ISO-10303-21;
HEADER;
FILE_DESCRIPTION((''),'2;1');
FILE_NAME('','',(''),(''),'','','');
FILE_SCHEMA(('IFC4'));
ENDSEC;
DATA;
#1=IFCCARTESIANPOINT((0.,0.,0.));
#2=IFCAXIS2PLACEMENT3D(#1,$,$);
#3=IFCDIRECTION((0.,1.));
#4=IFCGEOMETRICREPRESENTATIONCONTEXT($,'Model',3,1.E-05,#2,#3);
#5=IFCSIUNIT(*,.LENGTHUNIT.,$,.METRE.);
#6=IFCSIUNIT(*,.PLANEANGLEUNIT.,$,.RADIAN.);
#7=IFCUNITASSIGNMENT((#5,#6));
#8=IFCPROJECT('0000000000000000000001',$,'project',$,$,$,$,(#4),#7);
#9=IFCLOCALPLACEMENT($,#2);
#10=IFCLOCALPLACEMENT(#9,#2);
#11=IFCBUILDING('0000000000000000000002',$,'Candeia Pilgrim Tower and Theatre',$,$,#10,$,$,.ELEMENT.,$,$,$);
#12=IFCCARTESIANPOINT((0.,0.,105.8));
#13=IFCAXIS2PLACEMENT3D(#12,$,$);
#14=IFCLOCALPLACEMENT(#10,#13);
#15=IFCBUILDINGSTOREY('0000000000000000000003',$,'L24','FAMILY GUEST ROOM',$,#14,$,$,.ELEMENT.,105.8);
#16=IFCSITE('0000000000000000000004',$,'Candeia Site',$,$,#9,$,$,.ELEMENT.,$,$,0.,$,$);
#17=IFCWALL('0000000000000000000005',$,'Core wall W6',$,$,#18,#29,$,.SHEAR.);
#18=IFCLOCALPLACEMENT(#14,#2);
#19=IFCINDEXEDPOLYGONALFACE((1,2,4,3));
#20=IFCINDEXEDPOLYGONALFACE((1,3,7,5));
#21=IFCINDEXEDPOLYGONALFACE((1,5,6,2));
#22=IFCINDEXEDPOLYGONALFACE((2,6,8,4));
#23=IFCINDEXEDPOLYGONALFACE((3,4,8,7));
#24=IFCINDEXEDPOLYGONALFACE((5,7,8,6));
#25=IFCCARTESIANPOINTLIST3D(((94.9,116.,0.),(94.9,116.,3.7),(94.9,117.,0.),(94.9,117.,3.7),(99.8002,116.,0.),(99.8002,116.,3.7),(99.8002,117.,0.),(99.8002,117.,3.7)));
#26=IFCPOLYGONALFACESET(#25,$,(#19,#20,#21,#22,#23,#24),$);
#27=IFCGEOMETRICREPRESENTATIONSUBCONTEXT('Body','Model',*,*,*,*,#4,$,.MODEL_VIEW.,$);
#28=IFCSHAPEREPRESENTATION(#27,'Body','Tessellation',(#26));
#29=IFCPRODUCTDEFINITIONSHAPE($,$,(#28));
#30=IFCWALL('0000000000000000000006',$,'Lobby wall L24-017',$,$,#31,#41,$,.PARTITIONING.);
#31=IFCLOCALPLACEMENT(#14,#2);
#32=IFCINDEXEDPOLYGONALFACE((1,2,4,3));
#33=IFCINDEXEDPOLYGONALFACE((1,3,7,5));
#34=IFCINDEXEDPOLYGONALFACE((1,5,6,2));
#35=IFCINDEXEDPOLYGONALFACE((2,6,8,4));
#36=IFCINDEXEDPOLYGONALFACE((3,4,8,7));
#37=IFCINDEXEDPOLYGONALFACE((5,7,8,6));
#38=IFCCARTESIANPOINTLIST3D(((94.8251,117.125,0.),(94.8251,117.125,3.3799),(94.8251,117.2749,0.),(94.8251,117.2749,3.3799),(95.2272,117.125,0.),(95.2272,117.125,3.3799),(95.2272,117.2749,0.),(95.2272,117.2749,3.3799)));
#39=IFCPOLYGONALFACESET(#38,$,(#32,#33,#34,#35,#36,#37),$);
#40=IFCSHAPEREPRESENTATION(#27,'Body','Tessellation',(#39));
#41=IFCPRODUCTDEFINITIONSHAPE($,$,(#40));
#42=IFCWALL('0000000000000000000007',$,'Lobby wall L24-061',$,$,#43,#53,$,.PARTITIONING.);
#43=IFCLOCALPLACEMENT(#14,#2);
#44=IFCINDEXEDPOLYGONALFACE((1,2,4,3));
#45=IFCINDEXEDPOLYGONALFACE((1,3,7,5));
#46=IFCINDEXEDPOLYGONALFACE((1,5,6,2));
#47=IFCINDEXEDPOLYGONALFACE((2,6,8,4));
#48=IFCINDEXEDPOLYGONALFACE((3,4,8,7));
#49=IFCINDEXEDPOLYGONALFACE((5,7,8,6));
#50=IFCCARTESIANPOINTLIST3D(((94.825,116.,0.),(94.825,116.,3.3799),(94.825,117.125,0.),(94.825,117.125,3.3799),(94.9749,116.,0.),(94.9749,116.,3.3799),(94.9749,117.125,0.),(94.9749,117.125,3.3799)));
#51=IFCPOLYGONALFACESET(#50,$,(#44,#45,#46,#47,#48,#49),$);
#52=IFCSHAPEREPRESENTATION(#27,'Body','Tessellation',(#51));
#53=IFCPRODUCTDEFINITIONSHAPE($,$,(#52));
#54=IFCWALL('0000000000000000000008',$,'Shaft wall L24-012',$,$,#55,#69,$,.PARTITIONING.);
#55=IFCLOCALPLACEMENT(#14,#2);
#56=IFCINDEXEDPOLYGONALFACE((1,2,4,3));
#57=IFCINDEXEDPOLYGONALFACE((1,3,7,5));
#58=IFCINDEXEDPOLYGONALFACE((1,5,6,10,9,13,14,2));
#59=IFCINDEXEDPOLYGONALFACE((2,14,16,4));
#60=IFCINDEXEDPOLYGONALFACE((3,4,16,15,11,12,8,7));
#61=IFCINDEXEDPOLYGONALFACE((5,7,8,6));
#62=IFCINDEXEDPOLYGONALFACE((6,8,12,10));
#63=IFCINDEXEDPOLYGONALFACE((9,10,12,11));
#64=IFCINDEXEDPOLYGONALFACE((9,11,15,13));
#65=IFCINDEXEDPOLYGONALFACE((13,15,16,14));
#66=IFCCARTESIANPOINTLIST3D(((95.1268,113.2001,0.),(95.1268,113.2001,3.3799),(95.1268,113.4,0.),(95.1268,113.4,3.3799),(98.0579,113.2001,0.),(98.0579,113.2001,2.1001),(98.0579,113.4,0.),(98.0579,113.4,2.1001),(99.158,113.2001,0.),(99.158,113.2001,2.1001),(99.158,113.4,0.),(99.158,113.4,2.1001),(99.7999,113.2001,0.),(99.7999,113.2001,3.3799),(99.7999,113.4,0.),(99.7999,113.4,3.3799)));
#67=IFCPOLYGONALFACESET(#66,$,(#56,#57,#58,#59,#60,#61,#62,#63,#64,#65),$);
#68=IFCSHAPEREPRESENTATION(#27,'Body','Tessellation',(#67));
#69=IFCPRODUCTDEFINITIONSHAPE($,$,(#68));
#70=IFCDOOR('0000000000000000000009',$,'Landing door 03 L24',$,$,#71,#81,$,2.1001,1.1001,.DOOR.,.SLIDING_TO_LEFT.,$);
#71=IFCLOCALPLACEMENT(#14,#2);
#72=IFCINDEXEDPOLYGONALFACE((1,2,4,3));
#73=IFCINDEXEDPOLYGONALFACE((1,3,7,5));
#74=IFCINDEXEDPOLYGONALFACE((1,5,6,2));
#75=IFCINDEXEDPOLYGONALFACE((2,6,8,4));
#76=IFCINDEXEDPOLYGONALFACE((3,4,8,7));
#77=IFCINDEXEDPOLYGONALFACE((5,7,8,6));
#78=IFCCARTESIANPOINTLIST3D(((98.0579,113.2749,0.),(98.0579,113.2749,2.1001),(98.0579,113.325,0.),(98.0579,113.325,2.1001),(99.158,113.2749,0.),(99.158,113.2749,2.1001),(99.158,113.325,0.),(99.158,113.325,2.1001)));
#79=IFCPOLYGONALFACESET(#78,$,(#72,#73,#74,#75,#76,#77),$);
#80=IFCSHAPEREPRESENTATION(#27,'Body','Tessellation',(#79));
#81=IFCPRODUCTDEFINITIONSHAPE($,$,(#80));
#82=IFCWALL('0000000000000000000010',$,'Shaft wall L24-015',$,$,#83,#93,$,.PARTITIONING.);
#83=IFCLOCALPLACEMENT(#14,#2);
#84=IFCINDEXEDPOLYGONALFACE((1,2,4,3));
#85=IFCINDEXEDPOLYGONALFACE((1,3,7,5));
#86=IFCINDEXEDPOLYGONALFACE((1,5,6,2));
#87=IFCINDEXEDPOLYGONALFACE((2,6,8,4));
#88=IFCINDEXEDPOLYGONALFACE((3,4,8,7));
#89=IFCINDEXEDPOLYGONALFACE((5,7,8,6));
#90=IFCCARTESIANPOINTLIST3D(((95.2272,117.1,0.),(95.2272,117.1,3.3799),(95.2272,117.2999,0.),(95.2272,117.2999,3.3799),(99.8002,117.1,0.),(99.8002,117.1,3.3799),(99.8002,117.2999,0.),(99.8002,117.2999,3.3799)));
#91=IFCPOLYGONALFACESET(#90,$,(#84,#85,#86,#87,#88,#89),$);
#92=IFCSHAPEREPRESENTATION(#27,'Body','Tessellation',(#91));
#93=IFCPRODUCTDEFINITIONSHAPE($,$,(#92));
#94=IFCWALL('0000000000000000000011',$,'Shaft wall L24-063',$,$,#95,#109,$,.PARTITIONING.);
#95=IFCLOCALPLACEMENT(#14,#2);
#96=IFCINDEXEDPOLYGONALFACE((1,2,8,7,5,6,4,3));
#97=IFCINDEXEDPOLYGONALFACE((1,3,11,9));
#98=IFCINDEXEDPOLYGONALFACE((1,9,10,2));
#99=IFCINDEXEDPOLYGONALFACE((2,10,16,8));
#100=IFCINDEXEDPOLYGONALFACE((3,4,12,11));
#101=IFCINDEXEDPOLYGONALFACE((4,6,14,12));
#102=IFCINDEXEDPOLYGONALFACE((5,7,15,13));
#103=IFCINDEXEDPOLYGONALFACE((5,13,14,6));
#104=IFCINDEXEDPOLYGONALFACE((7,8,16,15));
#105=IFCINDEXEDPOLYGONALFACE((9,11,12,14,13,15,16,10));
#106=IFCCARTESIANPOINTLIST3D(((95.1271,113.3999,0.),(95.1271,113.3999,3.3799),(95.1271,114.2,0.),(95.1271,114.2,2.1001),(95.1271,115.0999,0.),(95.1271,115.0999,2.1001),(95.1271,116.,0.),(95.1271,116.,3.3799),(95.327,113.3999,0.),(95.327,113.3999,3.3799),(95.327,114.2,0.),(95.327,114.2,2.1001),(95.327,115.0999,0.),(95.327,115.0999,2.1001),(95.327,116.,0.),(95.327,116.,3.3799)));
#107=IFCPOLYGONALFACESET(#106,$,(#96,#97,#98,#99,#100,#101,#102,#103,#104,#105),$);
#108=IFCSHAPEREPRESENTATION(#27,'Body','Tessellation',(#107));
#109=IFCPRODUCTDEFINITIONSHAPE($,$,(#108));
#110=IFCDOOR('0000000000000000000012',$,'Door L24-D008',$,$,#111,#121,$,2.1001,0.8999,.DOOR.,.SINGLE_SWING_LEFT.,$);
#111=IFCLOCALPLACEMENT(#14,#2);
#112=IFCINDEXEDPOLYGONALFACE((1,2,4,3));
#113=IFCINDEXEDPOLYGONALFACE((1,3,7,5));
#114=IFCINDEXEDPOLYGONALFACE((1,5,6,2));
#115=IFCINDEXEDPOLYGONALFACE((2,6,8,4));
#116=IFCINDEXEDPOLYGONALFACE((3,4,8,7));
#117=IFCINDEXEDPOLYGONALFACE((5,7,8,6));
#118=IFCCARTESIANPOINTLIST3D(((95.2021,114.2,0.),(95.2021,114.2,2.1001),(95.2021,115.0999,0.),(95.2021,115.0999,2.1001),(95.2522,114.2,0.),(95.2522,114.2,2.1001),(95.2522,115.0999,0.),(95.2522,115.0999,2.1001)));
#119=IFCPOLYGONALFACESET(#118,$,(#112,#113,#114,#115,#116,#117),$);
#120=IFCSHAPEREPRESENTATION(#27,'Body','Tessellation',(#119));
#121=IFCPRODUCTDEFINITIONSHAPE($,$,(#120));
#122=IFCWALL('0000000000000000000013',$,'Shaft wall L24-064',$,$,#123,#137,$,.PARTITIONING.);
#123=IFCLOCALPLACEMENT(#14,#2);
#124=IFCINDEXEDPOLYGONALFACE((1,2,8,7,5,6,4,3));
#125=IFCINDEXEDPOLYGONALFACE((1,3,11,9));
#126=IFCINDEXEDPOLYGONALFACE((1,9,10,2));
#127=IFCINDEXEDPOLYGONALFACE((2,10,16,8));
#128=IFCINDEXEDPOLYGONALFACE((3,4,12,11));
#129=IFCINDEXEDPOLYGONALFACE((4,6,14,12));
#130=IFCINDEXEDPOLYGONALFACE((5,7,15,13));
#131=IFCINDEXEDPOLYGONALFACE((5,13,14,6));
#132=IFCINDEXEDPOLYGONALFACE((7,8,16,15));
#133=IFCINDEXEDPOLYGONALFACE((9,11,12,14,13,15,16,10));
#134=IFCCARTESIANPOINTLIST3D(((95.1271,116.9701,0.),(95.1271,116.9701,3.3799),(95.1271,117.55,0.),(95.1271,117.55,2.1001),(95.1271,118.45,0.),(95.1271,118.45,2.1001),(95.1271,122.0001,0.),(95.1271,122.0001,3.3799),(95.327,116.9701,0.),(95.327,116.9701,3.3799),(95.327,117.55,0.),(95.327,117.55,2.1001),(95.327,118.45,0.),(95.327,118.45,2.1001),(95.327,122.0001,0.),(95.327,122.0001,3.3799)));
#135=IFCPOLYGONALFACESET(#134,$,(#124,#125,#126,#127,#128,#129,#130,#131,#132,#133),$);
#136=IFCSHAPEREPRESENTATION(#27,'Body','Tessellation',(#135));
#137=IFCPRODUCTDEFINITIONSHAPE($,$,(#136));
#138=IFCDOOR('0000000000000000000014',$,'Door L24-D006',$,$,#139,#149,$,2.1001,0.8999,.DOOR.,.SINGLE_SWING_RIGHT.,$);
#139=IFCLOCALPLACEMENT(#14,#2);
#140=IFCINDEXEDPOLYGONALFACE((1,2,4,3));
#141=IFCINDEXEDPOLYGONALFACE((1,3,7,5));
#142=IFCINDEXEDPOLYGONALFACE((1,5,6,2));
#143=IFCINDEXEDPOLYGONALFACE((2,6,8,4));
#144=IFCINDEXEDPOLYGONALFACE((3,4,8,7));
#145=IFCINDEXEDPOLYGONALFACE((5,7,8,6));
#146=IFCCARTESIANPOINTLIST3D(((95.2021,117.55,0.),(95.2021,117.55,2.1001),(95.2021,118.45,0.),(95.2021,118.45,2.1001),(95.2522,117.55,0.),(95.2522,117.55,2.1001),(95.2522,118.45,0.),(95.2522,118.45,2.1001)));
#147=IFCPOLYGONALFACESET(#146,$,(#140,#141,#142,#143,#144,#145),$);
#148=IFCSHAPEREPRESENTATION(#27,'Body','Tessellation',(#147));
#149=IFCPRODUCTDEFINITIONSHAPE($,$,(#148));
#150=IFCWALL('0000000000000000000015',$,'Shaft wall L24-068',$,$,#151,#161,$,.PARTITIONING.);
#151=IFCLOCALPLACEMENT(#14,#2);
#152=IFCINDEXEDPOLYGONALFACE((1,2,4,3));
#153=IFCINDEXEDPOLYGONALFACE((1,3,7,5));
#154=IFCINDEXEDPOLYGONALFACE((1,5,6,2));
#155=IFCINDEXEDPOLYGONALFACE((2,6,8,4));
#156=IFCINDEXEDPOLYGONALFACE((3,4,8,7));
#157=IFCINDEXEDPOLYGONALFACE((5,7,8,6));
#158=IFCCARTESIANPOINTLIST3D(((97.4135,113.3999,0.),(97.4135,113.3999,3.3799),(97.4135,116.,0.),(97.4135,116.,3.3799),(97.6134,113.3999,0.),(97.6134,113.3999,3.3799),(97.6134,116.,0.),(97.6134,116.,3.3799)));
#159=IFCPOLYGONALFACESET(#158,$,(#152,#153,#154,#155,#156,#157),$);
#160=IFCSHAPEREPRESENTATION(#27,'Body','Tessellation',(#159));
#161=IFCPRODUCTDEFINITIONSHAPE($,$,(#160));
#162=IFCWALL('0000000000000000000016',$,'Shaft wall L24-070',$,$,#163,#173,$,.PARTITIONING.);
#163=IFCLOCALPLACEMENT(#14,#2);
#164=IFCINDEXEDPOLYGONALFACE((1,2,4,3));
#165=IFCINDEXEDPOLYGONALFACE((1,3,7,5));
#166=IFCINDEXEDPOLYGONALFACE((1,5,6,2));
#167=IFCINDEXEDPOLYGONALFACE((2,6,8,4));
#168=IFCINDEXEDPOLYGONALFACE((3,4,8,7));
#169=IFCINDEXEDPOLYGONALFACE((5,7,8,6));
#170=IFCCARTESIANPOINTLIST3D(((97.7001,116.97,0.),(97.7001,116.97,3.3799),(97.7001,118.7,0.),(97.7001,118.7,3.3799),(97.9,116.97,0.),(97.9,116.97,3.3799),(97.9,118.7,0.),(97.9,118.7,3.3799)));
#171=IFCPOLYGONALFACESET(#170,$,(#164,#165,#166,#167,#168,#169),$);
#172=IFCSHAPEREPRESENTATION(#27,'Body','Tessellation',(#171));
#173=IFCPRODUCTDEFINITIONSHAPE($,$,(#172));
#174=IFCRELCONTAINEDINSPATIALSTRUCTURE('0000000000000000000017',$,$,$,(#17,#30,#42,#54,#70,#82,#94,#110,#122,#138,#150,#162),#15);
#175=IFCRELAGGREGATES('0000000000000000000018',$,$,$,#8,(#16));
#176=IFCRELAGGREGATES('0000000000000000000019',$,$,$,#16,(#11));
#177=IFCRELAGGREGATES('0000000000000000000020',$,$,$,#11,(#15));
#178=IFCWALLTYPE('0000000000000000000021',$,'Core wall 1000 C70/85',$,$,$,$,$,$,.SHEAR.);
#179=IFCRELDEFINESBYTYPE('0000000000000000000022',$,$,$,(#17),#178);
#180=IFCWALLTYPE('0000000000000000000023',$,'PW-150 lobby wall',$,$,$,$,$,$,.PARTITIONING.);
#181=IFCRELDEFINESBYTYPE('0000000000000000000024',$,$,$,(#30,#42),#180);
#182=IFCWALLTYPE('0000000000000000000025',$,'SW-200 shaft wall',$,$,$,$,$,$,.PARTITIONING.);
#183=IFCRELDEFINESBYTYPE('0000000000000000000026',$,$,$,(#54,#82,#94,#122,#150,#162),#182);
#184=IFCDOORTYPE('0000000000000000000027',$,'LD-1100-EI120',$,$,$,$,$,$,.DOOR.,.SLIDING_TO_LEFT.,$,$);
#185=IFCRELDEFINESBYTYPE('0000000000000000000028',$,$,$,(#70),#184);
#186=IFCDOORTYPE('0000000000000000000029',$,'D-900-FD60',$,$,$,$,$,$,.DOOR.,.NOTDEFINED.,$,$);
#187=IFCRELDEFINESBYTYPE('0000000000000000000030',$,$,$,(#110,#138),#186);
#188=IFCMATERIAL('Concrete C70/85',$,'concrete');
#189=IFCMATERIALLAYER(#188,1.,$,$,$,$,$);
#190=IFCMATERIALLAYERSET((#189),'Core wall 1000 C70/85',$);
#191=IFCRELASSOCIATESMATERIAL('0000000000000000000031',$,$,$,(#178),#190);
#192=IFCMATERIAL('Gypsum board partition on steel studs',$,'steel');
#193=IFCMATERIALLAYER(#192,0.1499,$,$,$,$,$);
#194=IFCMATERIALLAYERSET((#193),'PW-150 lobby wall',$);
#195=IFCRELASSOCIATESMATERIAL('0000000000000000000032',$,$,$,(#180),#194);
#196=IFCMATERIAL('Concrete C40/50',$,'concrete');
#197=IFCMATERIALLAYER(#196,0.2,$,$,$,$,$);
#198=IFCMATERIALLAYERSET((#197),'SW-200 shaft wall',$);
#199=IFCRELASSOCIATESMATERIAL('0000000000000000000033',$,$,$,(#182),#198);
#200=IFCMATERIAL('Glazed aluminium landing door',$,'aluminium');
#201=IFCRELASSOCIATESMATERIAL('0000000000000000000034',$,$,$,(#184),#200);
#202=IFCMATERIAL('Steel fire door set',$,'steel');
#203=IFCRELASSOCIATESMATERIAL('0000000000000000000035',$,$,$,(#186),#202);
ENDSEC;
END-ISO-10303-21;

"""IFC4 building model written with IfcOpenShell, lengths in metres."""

from ifc_helpers import new_model, si_unit, direction, frame, frame_2d, origin, place, context, subcontext, project, spatial, rectangle, extrude, material, layer, layer_set, type_object, element, fill, save


model = new_model("IFC4")

# Units and contexts
model_context = context("Model", 3, precision=1e-05, world=origin(), true_north=direction((0.0, 1.0)))
body_context = subcontext(model_context, "Body", "Model", "MODEL_VIEW")
ifc_project = project(units=[si_unit("LENGTHUNIT", "METRE"), si_unit("PLANEANGLEUNIT", "RADIAN")], contexts=[model_context])

# Site, building, storey
site_placement = place(None, origin())
site = spatial("IfcSite", under=ifc_project, at=site_placement, Name="Candeia Site", CompositionType="ELEMENT", RefElevation=0.0)
building_placement = place(site_placement, origin())
building = spatial("IfcBuilding", under=site, at=building_placement, Name="Candeia Pilgrim Tower and Theatre", CompositionType="ELEMENT")
storey_placement = place(building_placement, frame((0.0, 0.0, 105.8)))
storey = spatial("IfcBuildingStorey", under=building, at=storey_placement, Name="L24", Description="FAMILY GUEST ROOM", CompositionType="ELEMENT", Elevation=105.8)

# Walls
ifc_material_1 = material(Name="Concrete C70/85", Category="concrete")
ifc_layer_1 = layer(ifc_material_1, 1.0)
ifc_layer_set_1 = layer_set([ifc_layer_1], Name="Core wall 1000 C70/85")
wall_type_1 = type_object("IfcWallType", Name="Core wall 1000 C70/85", PredefinedType="SHEAR", material=ifc_layer_set_1)
wall_1_placement = place(storey_placement, frame((94.8999, 116.5, 0.0), z_axis=(0.0, 0.0, 1.0), x_axis=(1.0, 0.0, 0.0)))
element("IfcWall", 1, at=wall_1_placement, inside=storey, type_object=wall_type_1, Name="Core wall W6", PredefinedType="SHEAR", context=body_context, shape_type="SweptSolid", body=[
    extrude(rectangle(XDim=4.9001, YDim=1.0, at=frame_2d((2.4502, 0.0))), origin(), (0.0, 0.0, 1.0), 3.7),
])
ifc_material_2 = material(Name="Gypsum board partition on steel studs", Category="steel")
ifc_layer_2 = layer(ifc_material_2, 0.1499)
ifc_layer_set_2 = layer_set([ifc_layer_2], Name="PW-150 lobby wall")
wall_type_2 = type_object("IfcWallType", Name="PW-150 lobby wall", PredefinedType="PARTITIONING", material=ifc_layer_set_2)
wall_2_placement = place(storey_placement, frame((94.825, 117.2, 0.0), z_axis=(0.0, 0.0, 1.0), x_axis=(1.0, 0.0, 0.0)))
element("IfcWall", 2, at=wall_2_placement, inside=storey, type_object=wall_type_2, Name="Lobby wall L24-017", PredefinedType="PARTITIONING", context=body_context, shape_type="SweptSolid", body=[
    extrude(rectangle(XDim=0.4021, YDim=0.1499, at=frame_2d((0.2012, 0.0))), origin(), (0.0, 0.0, 1.0), 3.3799),
])
wall_3_placement = place(storey_placement, frame((94.8999, 116.0, 0.0), z_axis=(0.0, 0.0, 1.0), x_axis=(0.0, 1.0, 0.0)))
element("IfcWall", 3, at=wall_3_placement, inside=storey, type_object=wall_type_2, Name="Lobby wall L24-061", PredefinedType="PARTITIONING", context=body_context, shape_type="SweptSolid", body=[
    extrude(rectangle(XDim=1.125, YDim=0.1499, at=frame_2d((0.5625, 0.0))), origin(), (0.0, 0.0, 1.0), 3.3799),
])

# Wall, opening, door
ifc_material_3 = material(Name="Concrete C40/50", Category="concrete")
ifc_layer_3 = layer(ifc_material_3, 0.2)
ifc_layer_set_3 = layer_set([ifc_layer_3], Name="SW-200 shaft wall")
wall_type_3 = type_object("IfcWallType", Name="SW-200 shaft wall", PredefinedType="PARTITIONING", material=ifc_layer_set_3)
wall_4_placement = place(storey_placement, frame((95.127, 113.3, 0.0), z_axis=(0.0, 0.0, 1.0), x_axis=(1.0, 0.0, 0.0)))
wall_4 = element("IfcWall", 4, at=wall_4_placement, inside=storey, type_object=wall_type_3, Name="Shaft wall L24-012", PredefinedType="PARTITIONING", context=body_context, shape_type="SweptSolid", body=[
    extrude(rectangle(XDim=4.6731, YDim=0.2, at=frame_2d((2.3364, 0.0))), origin(), (0.0, 0.0, 1.0), 3.3799),
])
opening_1_placement = place(wall_4_placement, frame((2.9309, 0.0, 0.0)))
opening_1 = element("IfcOpeningElement", 5, at=opening_1_placement, cuts=wall_4, PredefinedType="OPENING", context=body_context, shape_type="SweptSolid", body=[
    extrude(rectangle(XDim=1.1001, YDim=2.1001, at=frame_2d((0.55, 1.05))), frame((0.0, 0.1099, 0.0), z_axis=(0.0, -1.0, 0.0), x_axis=(1.0, 0.0, 0.0)), (0.0, 0.0, 1.0), 0.22),
])
ifc_material_4 = material(Name="Glazed aluminium landing door", Category="aluminium")
door_type_1 = type_object("IfcDoorType", Name="LD-1100-EI120", OperationType="SLIDING_TO_LEFT", PredefinedType="DOOR", material=ifc_material_4)
door_1_placement = place(opening_1_placement, origin())
door_1 = element("IfcDoor", 6, at=door_1_placement, inside=storey, type_object=door_type_1, Name="Landing door 03 L24", OperationType="SLIDING_TO_LEFT", OverallHeight=2.1001, OverallWidth=1.1001, PredefinedType="DOOR", context=body_context, shape_type="SweptSolid", body=[
    extrude(rectangle(XDim=1.1001, YDim=2.1001, at=frame_2d((0.55, 1.05))), frame((0.0, 0.0249, 0.0), z_axis=(0.0, -1.0, 0.0), x_axis=(1.0, 0.0, 0.0)), (0.0, 0.0, 1.0), 0.05),
])
fill(opening_1, door_1)

# Wall
wall_5_placement = place(storey_placement, frame((95.2271, 117.2, 0.0), z_axis=(0.0, 0.0, 1.0), x_axis=(1.0, 0.0, 0.0)))
element("IfcWall", 7, at=wall_5_placement, inside=storey, type_object=wall_type_3, Name="Shaft wall L24-015", PredefinedType="PARTITIONING", context=body_context, shape_type="SweptSolid", body=[
    extrude(rectangle(XDim=4.573, YDim=0.2, at=frame_2d((2.2866, 0.0))), origin(), (0.0, 0.0, 1.0), 3.3799),
])

# Walls, openings, doors
wall_6_placement = place(storey_placement, frame((95.2271, 113.3999, 0.0), z_axis=(0.0, 0.0, 1.0), x_axis=(0.0, 1.0, 0.0)))
wall_6 = element("IfcWall", 8, at=wall_6_placement, inside=storey, type_object=wall_type_3, Name="Shaft wall L24-063", PredefinedType="PARTITIONING", context=body_context, shape_type="SweptSolid", body=[
    extrude(rectangle(XDim=2.6001, YDim=0.2, at=frame_2d((1.3, 0.0))), origin(), (0.0, 0.0, 1.0), 3.3799),
])
opening_2_placement = place(wall_6_placement, frame((0.8, 0.0, 0.0)))
opening_2 = element("IfcOpeningElement", 9, at=opening_2_placement, cuts=wall_6, PredefinedType="OPENING", context=body_context, shape_type="SweptSolid", body=[
    extrude(rectangle(XDim=0.8999, YDim=2.1001, at=frame_2d((0.45, 1.05))), frame((0.0, 0.1099, 0.0), z_axis=(0.0, -1.0, 0.0), x_axis=(1.0, 0.0, 0.0)), (0.0, 0.0, 1.0), 0.22),
])
ifc_material_5 = material(Name="Steel fire door set", Category="steel")
door_type_2 = type_object("IfcDoorType", Name="D-900-FD60", OperationType="NOTDEFINED", PredefinedType="DOOR", material=ifc_material_5)
door_2_placement = place(opening_2_placement, origin())
door_2 = element("IfcDoor", 10, at=door_2_placement, inside=storey, type_object=door_type_2, Name="Door L24-D008", OperationType="SINGLE_SWING_LEFT", OverallHeight=2.1001, OverallWidth=0.8999, PredefinedType="DOOR", context=body_context, shape_type="SweptSolid", body=[
    extrude(rectangle(XDim=0.8999, YDim=2.1001, at=frame_2d((0.45, 1.05))), frame((0.0, 0.0249, 0.0), z_axis=(0.0, -1.0, 0.0), x_axis=(1.0, 0.0, 0.0)), (0.0, 0.0, 1.0), 0.05),
])
fill(opening_2, door_2)
wall_7_placement = place(storey_placement, frame((95.2271, 116.97, 0.0), z_axis=(0.0, 0.0, 1.0), x_axis=(0.0, 1.0, 0.0)))
wall_7 = element("IfcWall", 11, at=wall_7_placement, inside=storey, type_object=wall_type_3, Name="Shaft wall L24-064", PredefinedType="PARTITIONING", context=body_context, shape_type="SweptSolid", body=[
    extrude(rectangle(XDim=5.03, YDim=0.2, at=frame_2d((2.5151, 0.0))), origin(), (0.0, 0.0, 1.0), 3.3799),
])
opening_3_placement = place(wall_7_placement, frame((0.5801, 0.0, 0.0)))
opening_3 = element("IfcOpeningElement", 12, at=opening_3_placement, cuts=wall_7, PredefinedType="OPENING", context=body_context, shape_type="SweptSolid", body=[
    extrude(rectangle(XDim=0.8999, YDim=2.1001, at=frame_2d((0.45, 1.05))), frame((0.0, 0.1099, 0.0), z_axis=(0.0, -1.0, 0.0), x_axis=(1.0, 0.0, 0.0)), (0.0, 0.0, 1.0), 0.22),
])
door_3_placement = place(opening_3_placement, origin())
door_3 = element("IfcDoor", 13, at=door_3_placement, inside=storey, type_object=door_type_2, Name="Door L24-D006", OperationType="SINGLE_SWING_RIGHT", OverallHeight=2.1001, OverallWidth=0.8999, PredefinedType="DOOR", context=body_context, shape_type="SweptSolid", body=[
    extrude(rectangle(XDim=0.8999, YDim=2.1001, at=frame_2d((0.45, 1.05))), frame((0.0, 0.0249, 0.0), z_axis=(0.0, -1.0, 0.0), x_axis=(1.0, 0.0, 0.0)), (0.0, 0.0, 1.0), 0.05),
])
fill(opening_3, door_3)

# Walls
wall_8_placement = place(storey_placement, frame((97.5134, 113.3999, 0.0), z_axis=(0.0, 0.0, 1.0), x_axis=(0.0, 1.0, 0.0)))
element("IfcWall", 14, at=wall_8_placement, inside=storey, type_object=wall_type_3, Name="Shaft wall L24-068", PredefinedType="PARTITIONING", context=body_context, shape_type="SweptSolid", body=[
    extrude(rectangle(XDim=2.6001, YDim=0.2, at=frame_2d((1.3, 0.0))), origin(), (0.0, 0.0, 1.0), 3.3799),
])
wall_9_placement = place(storey_placement, frame((97.8, 116.97, 0.0), z_axis=(0.0, 0.0, 1.0), x_axis=(0.0, 1.0, 0.0)))
element("IfcWall", 15, at=wall_9_placement, inside=storey, type_object=wall_type_3, Name="Shaft wall L24-070", PredefinedType="PARTITIONING", context=body_context, shape_type="SweptSolid", body=[
    extrude(rectangle(XDim=1.73, YDim=0.2, at=frame_2d((0.865, 0.0))), origin(), (0.0, 0.0, 1.0), 3.3799),
])

save(model, "model.ifc")
